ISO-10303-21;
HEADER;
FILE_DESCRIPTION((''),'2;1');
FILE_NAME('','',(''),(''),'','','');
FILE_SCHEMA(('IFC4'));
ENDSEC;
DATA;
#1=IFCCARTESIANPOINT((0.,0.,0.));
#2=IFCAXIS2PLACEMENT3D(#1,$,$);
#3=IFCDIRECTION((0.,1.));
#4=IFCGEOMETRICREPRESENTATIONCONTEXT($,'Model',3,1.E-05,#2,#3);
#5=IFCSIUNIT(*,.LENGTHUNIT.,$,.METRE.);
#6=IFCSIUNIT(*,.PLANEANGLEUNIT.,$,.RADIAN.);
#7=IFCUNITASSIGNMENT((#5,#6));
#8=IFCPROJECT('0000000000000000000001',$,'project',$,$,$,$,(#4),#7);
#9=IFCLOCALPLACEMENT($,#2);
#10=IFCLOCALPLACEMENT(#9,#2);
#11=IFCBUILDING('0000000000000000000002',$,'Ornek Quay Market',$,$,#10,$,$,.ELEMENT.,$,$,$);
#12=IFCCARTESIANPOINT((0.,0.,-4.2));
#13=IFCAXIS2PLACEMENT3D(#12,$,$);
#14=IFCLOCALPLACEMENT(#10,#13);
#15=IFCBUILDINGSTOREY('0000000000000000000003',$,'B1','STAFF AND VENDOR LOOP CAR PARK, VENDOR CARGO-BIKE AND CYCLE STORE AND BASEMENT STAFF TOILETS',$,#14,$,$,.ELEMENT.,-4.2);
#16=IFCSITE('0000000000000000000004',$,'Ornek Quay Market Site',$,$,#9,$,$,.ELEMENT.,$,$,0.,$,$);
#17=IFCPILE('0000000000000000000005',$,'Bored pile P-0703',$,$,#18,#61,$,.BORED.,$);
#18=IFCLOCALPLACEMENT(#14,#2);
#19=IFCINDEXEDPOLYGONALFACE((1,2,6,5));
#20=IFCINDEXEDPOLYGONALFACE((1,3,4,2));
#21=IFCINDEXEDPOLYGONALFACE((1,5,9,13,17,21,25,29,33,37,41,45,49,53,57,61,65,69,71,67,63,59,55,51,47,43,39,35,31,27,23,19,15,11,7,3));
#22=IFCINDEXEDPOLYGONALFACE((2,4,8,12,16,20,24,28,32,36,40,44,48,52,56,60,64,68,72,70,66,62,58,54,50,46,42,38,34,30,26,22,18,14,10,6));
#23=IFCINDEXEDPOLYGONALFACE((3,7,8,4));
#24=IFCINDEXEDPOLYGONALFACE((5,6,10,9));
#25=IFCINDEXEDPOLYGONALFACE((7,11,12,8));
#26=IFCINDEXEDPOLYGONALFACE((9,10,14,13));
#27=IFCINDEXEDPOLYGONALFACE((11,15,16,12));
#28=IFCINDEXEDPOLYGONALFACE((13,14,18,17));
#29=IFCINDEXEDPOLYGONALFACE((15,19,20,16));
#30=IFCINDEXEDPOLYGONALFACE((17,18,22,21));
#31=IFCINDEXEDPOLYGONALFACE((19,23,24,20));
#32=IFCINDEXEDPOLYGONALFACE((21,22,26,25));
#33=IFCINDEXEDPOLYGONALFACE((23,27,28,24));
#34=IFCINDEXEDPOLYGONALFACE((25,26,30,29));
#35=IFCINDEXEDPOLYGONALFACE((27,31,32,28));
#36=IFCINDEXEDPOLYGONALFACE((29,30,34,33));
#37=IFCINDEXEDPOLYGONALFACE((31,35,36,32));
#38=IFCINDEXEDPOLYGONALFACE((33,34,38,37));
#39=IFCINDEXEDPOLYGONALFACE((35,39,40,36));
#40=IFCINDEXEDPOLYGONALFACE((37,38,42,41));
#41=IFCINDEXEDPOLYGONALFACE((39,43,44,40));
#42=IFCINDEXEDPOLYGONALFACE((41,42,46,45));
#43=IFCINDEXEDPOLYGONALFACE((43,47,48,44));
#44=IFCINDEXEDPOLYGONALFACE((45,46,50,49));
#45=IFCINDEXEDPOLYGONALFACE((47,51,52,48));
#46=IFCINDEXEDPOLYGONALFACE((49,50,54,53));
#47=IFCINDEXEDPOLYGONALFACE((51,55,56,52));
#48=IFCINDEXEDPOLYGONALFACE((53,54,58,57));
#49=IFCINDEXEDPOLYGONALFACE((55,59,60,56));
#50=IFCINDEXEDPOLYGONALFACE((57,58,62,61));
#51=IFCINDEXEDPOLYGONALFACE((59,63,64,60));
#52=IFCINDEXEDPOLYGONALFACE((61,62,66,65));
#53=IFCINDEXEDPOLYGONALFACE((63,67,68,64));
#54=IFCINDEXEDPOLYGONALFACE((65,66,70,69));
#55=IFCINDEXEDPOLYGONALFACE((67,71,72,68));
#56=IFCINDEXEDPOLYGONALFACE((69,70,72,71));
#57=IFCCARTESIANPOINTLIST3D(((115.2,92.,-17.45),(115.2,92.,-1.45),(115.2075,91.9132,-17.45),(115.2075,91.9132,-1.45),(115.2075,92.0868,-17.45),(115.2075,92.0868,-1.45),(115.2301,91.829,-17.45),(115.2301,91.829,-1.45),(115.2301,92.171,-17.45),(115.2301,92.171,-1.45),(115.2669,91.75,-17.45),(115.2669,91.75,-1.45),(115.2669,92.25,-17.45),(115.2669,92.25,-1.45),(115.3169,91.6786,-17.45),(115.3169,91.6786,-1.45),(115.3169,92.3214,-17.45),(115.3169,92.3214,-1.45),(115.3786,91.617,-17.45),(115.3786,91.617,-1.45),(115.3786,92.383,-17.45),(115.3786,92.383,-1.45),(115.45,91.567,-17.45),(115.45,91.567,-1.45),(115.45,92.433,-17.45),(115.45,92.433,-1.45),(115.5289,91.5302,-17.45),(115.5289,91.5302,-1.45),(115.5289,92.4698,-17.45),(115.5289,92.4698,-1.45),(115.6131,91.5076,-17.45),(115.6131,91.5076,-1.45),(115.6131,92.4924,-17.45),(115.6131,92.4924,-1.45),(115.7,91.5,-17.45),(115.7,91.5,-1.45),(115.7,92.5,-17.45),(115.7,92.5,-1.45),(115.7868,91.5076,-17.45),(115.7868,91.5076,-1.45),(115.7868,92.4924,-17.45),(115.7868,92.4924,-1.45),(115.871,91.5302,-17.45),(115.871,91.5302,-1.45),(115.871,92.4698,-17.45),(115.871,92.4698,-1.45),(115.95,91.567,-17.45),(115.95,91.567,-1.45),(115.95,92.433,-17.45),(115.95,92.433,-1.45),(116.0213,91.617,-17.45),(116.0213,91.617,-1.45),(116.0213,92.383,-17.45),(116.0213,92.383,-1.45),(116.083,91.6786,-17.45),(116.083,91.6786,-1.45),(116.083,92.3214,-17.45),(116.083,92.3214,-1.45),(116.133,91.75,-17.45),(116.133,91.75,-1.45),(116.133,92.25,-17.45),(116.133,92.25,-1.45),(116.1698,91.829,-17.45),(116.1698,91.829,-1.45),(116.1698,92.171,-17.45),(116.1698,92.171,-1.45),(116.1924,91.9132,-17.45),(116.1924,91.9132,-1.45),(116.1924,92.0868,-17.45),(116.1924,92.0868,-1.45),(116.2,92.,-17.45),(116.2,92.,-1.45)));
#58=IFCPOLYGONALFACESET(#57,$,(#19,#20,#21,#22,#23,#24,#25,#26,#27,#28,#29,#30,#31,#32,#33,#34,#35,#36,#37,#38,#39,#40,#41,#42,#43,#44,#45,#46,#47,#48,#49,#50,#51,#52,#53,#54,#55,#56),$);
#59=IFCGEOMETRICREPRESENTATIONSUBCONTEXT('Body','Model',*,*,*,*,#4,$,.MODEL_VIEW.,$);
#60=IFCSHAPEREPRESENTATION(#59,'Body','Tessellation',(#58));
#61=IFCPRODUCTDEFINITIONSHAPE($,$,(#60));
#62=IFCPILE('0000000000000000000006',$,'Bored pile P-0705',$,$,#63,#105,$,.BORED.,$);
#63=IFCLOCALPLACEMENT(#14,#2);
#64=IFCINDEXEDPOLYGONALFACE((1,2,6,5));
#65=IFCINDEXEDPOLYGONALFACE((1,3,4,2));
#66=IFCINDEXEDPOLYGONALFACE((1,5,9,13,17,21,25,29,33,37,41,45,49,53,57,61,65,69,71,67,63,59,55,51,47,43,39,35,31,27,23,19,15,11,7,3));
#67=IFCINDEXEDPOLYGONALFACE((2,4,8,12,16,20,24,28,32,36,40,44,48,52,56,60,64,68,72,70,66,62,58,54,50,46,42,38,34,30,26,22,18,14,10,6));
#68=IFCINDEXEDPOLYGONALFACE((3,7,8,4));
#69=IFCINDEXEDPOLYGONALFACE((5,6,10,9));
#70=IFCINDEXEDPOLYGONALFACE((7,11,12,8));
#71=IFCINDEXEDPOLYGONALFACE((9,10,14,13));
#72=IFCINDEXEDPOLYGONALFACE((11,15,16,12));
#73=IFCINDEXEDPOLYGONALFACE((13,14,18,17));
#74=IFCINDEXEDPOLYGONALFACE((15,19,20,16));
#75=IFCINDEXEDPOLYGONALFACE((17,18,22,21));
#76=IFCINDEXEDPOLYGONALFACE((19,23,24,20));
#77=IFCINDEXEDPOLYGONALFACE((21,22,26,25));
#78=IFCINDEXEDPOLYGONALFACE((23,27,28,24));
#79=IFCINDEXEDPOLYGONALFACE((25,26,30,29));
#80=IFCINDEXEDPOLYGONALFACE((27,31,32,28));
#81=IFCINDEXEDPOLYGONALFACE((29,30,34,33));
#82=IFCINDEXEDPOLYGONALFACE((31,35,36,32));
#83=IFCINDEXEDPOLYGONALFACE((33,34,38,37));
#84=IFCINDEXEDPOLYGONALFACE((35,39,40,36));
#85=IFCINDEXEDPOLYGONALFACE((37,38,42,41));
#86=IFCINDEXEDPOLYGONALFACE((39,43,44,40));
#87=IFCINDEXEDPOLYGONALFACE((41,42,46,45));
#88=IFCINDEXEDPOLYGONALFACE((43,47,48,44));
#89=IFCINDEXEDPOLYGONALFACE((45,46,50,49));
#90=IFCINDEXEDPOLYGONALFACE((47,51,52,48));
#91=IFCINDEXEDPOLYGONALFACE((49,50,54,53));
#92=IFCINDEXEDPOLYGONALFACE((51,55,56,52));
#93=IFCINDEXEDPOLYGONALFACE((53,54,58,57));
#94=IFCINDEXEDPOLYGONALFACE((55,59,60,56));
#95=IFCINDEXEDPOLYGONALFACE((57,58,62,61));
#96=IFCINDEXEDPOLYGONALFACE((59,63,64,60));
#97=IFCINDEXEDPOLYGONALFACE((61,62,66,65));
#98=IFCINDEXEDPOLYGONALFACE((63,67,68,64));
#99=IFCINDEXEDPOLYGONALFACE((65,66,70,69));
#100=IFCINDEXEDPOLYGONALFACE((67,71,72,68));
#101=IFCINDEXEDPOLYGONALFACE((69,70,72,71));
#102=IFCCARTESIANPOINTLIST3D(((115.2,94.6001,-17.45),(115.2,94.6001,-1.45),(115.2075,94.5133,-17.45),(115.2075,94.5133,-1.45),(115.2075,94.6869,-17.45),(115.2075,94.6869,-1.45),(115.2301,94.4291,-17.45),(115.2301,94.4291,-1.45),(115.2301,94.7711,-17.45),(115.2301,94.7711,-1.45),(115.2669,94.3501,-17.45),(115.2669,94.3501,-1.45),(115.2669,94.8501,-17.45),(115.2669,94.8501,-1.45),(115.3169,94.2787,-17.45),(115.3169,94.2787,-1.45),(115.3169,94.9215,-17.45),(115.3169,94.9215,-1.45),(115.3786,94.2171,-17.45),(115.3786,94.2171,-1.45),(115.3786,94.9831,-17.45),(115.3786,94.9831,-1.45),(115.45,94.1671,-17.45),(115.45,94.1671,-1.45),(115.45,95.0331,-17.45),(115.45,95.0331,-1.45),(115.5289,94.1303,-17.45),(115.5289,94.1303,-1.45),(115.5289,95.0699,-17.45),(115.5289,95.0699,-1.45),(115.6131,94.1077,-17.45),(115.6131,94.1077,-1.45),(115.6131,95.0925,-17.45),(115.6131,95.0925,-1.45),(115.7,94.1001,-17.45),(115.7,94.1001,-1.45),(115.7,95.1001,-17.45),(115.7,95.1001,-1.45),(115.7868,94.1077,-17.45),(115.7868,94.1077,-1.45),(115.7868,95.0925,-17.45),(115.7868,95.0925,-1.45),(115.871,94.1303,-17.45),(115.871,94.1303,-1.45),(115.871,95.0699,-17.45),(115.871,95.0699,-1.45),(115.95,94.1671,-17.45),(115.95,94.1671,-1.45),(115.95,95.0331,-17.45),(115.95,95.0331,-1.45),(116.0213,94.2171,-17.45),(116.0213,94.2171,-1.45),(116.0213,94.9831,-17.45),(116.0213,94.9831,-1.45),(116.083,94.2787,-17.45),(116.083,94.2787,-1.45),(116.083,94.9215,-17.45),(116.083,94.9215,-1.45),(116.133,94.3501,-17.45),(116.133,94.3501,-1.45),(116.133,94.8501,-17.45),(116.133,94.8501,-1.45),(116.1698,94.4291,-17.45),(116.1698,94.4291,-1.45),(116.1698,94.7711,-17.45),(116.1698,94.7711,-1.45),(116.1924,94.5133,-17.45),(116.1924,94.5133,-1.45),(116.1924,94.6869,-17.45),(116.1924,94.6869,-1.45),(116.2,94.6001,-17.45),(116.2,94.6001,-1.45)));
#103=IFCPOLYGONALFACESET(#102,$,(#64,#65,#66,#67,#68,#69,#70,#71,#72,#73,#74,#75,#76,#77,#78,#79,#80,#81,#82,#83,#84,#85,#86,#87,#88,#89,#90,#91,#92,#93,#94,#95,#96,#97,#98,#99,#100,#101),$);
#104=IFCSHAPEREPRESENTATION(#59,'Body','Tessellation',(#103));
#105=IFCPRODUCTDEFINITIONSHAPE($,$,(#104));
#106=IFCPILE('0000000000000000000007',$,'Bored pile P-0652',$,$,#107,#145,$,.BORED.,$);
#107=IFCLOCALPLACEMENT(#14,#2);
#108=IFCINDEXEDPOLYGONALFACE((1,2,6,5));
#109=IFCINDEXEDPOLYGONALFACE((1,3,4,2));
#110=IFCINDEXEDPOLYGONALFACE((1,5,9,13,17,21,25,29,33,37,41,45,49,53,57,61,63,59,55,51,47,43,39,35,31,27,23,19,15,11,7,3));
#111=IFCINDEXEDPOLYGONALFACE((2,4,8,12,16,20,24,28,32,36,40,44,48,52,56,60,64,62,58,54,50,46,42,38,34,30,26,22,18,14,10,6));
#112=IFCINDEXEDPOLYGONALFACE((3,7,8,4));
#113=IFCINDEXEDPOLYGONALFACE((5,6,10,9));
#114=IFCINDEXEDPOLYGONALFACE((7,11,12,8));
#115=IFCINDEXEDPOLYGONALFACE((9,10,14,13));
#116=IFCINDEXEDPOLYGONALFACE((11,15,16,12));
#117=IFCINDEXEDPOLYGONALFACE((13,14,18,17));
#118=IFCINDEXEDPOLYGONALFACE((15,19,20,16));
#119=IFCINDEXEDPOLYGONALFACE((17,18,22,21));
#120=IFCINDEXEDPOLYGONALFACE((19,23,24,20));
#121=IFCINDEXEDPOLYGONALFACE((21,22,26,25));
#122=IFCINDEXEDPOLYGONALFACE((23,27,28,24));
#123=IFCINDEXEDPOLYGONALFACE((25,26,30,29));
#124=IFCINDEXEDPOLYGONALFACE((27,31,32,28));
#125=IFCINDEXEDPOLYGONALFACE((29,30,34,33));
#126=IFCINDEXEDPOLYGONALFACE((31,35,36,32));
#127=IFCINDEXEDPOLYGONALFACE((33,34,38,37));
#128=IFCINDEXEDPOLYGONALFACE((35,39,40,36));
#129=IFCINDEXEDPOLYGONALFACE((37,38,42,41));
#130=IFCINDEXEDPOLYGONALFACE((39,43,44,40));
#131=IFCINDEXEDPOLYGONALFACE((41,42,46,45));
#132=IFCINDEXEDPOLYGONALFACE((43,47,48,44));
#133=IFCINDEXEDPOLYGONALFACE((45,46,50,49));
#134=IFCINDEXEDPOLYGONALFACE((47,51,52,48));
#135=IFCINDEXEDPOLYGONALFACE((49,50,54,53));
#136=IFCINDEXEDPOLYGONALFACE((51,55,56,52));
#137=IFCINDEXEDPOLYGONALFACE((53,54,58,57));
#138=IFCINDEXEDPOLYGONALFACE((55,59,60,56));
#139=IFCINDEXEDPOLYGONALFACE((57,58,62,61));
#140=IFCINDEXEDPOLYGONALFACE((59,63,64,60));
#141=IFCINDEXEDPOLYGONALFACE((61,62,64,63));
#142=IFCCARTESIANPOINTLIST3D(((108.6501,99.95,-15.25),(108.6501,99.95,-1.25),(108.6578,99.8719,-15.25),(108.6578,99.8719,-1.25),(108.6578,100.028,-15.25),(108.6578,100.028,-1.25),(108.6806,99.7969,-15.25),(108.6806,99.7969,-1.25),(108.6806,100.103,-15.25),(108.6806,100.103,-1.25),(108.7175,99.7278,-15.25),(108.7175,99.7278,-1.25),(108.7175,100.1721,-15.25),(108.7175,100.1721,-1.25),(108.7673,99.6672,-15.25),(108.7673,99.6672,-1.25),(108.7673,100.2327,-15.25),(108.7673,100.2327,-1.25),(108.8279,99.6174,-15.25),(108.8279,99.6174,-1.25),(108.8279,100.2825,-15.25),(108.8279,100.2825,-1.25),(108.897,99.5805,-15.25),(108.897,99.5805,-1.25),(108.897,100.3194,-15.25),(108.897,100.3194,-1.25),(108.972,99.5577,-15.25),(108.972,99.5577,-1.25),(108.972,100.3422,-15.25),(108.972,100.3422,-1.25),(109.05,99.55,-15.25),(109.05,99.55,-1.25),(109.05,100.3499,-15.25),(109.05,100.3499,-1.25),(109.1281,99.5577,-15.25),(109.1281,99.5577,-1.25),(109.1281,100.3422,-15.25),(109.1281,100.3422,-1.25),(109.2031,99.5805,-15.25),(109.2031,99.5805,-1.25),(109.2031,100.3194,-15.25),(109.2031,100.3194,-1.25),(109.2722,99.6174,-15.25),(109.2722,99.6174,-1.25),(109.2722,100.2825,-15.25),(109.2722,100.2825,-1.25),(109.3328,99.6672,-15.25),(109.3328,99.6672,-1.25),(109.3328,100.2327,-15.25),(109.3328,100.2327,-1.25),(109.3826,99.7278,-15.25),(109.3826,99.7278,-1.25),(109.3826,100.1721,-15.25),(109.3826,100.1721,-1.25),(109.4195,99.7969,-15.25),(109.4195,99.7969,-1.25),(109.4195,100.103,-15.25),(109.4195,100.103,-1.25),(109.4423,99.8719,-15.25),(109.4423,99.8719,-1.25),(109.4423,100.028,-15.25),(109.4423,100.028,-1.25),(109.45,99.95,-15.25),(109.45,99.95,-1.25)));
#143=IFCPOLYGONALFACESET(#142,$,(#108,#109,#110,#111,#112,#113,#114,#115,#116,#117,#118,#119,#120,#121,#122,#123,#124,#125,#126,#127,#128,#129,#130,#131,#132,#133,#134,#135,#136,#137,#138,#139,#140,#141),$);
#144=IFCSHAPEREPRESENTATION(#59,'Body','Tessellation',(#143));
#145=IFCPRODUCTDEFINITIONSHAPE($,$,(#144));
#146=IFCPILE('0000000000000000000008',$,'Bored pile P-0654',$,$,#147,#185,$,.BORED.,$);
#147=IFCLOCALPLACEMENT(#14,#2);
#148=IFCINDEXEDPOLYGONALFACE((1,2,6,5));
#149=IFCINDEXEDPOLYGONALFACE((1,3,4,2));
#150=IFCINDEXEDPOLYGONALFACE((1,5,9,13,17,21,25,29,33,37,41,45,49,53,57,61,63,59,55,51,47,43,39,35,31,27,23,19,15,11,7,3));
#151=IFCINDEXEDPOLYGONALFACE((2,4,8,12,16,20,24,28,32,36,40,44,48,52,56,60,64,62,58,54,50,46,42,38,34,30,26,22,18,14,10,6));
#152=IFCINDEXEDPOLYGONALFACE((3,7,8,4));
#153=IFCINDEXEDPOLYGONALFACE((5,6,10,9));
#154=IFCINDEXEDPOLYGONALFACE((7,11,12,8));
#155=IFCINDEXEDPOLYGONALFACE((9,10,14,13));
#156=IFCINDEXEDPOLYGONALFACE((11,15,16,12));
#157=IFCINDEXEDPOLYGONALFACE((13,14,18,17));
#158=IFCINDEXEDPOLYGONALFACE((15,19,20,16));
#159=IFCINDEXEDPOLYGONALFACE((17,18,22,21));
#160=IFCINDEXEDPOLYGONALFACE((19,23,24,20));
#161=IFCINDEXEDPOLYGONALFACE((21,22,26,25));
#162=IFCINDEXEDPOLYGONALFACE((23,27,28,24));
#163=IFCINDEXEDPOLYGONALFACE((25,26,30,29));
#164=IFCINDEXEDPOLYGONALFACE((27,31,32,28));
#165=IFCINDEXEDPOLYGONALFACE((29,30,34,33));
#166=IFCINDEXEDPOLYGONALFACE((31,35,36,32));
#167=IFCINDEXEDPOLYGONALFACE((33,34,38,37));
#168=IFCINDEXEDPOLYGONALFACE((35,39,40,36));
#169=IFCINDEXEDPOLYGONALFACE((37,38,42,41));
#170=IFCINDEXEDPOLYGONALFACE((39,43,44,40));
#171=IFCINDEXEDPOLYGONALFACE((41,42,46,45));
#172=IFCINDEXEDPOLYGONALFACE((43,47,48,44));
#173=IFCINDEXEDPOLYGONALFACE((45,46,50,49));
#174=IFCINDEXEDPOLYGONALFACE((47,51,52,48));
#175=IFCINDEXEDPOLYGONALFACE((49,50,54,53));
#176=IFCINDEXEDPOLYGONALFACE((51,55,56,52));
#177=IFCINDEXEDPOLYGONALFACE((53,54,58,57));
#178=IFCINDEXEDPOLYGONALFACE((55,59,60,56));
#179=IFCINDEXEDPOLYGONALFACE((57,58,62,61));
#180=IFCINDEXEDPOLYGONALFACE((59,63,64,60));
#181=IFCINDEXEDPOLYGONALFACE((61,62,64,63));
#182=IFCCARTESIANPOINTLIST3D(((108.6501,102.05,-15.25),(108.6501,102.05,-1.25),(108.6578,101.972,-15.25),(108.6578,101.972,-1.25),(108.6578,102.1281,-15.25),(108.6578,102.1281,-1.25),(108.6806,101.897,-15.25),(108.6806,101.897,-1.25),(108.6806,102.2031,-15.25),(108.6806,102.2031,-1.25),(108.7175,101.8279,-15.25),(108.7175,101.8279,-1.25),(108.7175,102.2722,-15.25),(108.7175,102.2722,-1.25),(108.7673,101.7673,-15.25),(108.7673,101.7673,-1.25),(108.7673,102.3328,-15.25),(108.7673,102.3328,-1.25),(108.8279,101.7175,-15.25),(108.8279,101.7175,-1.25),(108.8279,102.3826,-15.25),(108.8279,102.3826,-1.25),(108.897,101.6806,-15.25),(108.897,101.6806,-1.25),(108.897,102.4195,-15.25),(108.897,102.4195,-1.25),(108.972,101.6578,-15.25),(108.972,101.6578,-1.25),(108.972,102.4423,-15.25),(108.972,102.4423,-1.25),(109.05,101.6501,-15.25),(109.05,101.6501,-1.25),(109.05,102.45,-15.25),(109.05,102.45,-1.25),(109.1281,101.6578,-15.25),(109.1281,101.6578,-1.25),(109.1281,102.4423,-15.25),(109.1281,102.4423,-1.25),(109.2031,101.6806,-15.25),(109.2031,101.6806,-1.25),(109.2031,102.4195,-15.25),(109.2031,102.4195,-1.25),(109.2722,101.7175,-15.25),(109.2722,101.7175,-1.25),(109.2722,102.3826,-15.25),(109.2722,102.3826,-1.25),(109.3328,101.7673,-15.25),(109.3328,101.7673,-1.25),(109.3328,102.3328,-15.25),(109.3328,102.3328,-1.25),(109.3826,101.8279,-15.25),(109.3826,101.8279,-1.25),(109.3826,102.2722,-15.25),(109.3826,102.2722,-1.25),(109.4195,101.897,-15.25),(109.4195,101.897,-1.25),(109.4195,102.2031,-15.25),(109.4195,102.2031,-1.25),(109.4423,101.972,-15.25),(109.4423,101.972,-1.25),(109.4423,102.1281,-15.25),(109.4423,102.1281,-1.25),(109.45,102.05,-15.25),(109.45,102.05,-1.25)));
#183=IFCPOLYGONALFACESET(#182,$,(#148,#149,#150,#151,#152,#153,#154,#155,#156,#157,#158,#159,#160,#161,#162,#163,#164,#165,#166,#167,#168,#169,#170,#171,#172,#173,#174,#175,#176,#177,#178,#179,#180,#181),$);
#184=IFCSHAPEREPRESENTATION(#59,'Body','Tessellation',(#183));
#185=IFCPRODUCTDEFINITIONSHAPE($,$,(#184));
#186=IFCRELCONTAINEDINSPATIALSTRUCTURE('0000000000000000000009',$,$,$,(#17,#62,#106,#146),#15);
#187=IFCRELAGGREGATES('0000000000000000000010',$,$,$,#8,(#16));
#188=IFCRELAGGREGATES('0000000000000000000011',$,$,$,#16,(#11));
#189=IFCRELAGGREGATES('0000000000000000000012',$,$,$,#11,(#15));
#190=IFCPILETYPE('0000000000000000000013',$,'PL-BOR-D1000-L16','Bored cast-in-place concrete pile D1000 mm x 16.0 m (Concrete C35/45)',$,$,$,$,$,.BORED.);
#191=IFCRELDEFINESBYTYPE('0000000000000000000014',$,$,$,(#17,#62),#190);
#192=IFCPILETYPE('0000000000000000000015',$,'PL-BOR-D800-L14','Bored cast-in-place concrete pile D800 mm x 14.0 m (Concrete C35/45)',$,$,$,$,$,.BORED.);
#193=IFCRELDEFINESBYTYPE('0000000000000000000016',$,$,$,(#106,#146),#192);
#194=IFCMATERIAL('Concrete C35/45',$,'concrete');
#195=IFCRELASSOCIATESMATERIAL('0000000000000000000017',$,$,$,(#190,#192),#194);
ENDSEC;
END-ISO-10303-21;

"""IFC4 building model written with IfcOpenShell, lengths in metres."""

from ifc_helpers import new_model, si_unit, direction, frame, origin, origin_2d, place, context, subcontext, project, spatial, circle, extrude, material, material_profile, profile_set, type_object, element, save


model = new_model("IFC4")

# Units and contexts
model_context = context("Model", 3, precision=1e-05, world=origin(), true_north=direction((0.0, 1.0)))
body_context = subcontext(model_context, "Body", "Model", "MODEL_VIEW")
ifc_project = project(units=[si_unit("LENGTHUNIT", "METRE"), si_unit("PLANEANGLEUNIT", "RADIAN")], contexts=[model_context])

# Site, building, storey
site_placement = place(None, origin())
site = spatial("IfcSite", under=ifc_project, at=site_placement, Name="Ornek Quay Market Site", CompositionType="ELEMENT", RefElevation=0.0)
building_placement = place(site_placement, origin())
building = spatial("IfcBuilding", under=site, at=building_placement, Name="Ornek Quay Market", CompositionType="ELEMENT")
storey_placement = place(building_placement, frame((0.0, 0.0, -4.2)))
storey = spatial("IfcBuildingStorey", under=building, at=storey_placement, Name="B1", Description="STAFF AND VENDOR LOOP CAR PARK, VENDOR CARGO-BIKE AND CYCLE STORE AND BASEMENT STAFF TOILETS", CompositionType="ELEMENT", Elevation=-4.2)

# Piles
ifc_material_1 = material(Name="Concrete C35/45", Category="concrete")
ifc_material_profile_1 = material_profile(ifc_material_1, circle(Radius=0.5, at=origin_2d()), Name="PILE D1000", Category="concrete")
ifc_profile_set_1 = profile_set([ifc_material_profile_1], Name="Concrete C35/45")
pile_type_1 = type_object("IfcPileType", Name="PL-BOR-D1000-L16", Description="Bored cast-in-place concrete pile D1000 mm x 16.0 m (Concrete C35/45)", PredefinedType="BORED", material=ifc_profile_set_1)
for number, where, z_axis, x_axis, name in (
    (1, (115.7, 92.0, -1.45), (0.0, 0.0, -1.0), (1.0, 0.0, 0.0), "Bored pile P-0703"),
    (2, (115.7, 94.6001, -1.45), (0.0, 0.0, -1.0), (1.0, 0.0, 0.0), "Bored pile P-0705"),
):
    element("IfcPile", number, at=place(storey_placement, frame(where, z_axis=z_axis, x_axis=x_axis)), inside=storey, type_object=pile_type_1, Name=name, PredefinedType="BORED", context=body_context, shape_type="SweptSolid", body=[
        extrude(circle(Radius=0.5, at=origin_2d()), origin(), (0.0, 0.0, 1.0), 16.0),
    ])
ifc_material_profile_2 = material_profile(ifc_material_1, circle(Radius=0.3999, at=origin_2d()), Name="PILE D800", Category="concrete")
ifc_profile_set_2 = profile_set([ifc_material_profile_2], Name="Concrete C35/45")
pile_type_2 = type_object("IfcPileType", Name="PL-BOR-D800-L14", Description="Bored cast-in-place concrete pile D800 mm x 14.0 m (Concrete C35/45)", PredefinedType="BORED", material=ifc_profile_set_2)
for number, where, z_axis, x_axis, name in (
    (3, (109.05, 99.95, -1.25), (0.0, 0.0, -1.0), (1.0, 0.0, 0.0), "Bored pile P-0652"),
    (4, (109.05, 102.05, -1.25), (0.0, 0.0, -1.0), (1.0, 0.0, 0.0), "Bored pile P-0654"),
):
    element("IfcPile", number, at=place(storey_placement, frame(where, z_axis=z_axis, x_axis=x_axis)), inside=storey, type_object=pile_type_2, Name=name, PredefinedType="BORED", context=body_context, shape_type="SweptSolid", body=[
        extrude(circle(Radius=0.3999, at=origin_2d()), origin(), (0.0, 0.0, 1.0), 14.0),
    ])

save(model, "model.ifc")
